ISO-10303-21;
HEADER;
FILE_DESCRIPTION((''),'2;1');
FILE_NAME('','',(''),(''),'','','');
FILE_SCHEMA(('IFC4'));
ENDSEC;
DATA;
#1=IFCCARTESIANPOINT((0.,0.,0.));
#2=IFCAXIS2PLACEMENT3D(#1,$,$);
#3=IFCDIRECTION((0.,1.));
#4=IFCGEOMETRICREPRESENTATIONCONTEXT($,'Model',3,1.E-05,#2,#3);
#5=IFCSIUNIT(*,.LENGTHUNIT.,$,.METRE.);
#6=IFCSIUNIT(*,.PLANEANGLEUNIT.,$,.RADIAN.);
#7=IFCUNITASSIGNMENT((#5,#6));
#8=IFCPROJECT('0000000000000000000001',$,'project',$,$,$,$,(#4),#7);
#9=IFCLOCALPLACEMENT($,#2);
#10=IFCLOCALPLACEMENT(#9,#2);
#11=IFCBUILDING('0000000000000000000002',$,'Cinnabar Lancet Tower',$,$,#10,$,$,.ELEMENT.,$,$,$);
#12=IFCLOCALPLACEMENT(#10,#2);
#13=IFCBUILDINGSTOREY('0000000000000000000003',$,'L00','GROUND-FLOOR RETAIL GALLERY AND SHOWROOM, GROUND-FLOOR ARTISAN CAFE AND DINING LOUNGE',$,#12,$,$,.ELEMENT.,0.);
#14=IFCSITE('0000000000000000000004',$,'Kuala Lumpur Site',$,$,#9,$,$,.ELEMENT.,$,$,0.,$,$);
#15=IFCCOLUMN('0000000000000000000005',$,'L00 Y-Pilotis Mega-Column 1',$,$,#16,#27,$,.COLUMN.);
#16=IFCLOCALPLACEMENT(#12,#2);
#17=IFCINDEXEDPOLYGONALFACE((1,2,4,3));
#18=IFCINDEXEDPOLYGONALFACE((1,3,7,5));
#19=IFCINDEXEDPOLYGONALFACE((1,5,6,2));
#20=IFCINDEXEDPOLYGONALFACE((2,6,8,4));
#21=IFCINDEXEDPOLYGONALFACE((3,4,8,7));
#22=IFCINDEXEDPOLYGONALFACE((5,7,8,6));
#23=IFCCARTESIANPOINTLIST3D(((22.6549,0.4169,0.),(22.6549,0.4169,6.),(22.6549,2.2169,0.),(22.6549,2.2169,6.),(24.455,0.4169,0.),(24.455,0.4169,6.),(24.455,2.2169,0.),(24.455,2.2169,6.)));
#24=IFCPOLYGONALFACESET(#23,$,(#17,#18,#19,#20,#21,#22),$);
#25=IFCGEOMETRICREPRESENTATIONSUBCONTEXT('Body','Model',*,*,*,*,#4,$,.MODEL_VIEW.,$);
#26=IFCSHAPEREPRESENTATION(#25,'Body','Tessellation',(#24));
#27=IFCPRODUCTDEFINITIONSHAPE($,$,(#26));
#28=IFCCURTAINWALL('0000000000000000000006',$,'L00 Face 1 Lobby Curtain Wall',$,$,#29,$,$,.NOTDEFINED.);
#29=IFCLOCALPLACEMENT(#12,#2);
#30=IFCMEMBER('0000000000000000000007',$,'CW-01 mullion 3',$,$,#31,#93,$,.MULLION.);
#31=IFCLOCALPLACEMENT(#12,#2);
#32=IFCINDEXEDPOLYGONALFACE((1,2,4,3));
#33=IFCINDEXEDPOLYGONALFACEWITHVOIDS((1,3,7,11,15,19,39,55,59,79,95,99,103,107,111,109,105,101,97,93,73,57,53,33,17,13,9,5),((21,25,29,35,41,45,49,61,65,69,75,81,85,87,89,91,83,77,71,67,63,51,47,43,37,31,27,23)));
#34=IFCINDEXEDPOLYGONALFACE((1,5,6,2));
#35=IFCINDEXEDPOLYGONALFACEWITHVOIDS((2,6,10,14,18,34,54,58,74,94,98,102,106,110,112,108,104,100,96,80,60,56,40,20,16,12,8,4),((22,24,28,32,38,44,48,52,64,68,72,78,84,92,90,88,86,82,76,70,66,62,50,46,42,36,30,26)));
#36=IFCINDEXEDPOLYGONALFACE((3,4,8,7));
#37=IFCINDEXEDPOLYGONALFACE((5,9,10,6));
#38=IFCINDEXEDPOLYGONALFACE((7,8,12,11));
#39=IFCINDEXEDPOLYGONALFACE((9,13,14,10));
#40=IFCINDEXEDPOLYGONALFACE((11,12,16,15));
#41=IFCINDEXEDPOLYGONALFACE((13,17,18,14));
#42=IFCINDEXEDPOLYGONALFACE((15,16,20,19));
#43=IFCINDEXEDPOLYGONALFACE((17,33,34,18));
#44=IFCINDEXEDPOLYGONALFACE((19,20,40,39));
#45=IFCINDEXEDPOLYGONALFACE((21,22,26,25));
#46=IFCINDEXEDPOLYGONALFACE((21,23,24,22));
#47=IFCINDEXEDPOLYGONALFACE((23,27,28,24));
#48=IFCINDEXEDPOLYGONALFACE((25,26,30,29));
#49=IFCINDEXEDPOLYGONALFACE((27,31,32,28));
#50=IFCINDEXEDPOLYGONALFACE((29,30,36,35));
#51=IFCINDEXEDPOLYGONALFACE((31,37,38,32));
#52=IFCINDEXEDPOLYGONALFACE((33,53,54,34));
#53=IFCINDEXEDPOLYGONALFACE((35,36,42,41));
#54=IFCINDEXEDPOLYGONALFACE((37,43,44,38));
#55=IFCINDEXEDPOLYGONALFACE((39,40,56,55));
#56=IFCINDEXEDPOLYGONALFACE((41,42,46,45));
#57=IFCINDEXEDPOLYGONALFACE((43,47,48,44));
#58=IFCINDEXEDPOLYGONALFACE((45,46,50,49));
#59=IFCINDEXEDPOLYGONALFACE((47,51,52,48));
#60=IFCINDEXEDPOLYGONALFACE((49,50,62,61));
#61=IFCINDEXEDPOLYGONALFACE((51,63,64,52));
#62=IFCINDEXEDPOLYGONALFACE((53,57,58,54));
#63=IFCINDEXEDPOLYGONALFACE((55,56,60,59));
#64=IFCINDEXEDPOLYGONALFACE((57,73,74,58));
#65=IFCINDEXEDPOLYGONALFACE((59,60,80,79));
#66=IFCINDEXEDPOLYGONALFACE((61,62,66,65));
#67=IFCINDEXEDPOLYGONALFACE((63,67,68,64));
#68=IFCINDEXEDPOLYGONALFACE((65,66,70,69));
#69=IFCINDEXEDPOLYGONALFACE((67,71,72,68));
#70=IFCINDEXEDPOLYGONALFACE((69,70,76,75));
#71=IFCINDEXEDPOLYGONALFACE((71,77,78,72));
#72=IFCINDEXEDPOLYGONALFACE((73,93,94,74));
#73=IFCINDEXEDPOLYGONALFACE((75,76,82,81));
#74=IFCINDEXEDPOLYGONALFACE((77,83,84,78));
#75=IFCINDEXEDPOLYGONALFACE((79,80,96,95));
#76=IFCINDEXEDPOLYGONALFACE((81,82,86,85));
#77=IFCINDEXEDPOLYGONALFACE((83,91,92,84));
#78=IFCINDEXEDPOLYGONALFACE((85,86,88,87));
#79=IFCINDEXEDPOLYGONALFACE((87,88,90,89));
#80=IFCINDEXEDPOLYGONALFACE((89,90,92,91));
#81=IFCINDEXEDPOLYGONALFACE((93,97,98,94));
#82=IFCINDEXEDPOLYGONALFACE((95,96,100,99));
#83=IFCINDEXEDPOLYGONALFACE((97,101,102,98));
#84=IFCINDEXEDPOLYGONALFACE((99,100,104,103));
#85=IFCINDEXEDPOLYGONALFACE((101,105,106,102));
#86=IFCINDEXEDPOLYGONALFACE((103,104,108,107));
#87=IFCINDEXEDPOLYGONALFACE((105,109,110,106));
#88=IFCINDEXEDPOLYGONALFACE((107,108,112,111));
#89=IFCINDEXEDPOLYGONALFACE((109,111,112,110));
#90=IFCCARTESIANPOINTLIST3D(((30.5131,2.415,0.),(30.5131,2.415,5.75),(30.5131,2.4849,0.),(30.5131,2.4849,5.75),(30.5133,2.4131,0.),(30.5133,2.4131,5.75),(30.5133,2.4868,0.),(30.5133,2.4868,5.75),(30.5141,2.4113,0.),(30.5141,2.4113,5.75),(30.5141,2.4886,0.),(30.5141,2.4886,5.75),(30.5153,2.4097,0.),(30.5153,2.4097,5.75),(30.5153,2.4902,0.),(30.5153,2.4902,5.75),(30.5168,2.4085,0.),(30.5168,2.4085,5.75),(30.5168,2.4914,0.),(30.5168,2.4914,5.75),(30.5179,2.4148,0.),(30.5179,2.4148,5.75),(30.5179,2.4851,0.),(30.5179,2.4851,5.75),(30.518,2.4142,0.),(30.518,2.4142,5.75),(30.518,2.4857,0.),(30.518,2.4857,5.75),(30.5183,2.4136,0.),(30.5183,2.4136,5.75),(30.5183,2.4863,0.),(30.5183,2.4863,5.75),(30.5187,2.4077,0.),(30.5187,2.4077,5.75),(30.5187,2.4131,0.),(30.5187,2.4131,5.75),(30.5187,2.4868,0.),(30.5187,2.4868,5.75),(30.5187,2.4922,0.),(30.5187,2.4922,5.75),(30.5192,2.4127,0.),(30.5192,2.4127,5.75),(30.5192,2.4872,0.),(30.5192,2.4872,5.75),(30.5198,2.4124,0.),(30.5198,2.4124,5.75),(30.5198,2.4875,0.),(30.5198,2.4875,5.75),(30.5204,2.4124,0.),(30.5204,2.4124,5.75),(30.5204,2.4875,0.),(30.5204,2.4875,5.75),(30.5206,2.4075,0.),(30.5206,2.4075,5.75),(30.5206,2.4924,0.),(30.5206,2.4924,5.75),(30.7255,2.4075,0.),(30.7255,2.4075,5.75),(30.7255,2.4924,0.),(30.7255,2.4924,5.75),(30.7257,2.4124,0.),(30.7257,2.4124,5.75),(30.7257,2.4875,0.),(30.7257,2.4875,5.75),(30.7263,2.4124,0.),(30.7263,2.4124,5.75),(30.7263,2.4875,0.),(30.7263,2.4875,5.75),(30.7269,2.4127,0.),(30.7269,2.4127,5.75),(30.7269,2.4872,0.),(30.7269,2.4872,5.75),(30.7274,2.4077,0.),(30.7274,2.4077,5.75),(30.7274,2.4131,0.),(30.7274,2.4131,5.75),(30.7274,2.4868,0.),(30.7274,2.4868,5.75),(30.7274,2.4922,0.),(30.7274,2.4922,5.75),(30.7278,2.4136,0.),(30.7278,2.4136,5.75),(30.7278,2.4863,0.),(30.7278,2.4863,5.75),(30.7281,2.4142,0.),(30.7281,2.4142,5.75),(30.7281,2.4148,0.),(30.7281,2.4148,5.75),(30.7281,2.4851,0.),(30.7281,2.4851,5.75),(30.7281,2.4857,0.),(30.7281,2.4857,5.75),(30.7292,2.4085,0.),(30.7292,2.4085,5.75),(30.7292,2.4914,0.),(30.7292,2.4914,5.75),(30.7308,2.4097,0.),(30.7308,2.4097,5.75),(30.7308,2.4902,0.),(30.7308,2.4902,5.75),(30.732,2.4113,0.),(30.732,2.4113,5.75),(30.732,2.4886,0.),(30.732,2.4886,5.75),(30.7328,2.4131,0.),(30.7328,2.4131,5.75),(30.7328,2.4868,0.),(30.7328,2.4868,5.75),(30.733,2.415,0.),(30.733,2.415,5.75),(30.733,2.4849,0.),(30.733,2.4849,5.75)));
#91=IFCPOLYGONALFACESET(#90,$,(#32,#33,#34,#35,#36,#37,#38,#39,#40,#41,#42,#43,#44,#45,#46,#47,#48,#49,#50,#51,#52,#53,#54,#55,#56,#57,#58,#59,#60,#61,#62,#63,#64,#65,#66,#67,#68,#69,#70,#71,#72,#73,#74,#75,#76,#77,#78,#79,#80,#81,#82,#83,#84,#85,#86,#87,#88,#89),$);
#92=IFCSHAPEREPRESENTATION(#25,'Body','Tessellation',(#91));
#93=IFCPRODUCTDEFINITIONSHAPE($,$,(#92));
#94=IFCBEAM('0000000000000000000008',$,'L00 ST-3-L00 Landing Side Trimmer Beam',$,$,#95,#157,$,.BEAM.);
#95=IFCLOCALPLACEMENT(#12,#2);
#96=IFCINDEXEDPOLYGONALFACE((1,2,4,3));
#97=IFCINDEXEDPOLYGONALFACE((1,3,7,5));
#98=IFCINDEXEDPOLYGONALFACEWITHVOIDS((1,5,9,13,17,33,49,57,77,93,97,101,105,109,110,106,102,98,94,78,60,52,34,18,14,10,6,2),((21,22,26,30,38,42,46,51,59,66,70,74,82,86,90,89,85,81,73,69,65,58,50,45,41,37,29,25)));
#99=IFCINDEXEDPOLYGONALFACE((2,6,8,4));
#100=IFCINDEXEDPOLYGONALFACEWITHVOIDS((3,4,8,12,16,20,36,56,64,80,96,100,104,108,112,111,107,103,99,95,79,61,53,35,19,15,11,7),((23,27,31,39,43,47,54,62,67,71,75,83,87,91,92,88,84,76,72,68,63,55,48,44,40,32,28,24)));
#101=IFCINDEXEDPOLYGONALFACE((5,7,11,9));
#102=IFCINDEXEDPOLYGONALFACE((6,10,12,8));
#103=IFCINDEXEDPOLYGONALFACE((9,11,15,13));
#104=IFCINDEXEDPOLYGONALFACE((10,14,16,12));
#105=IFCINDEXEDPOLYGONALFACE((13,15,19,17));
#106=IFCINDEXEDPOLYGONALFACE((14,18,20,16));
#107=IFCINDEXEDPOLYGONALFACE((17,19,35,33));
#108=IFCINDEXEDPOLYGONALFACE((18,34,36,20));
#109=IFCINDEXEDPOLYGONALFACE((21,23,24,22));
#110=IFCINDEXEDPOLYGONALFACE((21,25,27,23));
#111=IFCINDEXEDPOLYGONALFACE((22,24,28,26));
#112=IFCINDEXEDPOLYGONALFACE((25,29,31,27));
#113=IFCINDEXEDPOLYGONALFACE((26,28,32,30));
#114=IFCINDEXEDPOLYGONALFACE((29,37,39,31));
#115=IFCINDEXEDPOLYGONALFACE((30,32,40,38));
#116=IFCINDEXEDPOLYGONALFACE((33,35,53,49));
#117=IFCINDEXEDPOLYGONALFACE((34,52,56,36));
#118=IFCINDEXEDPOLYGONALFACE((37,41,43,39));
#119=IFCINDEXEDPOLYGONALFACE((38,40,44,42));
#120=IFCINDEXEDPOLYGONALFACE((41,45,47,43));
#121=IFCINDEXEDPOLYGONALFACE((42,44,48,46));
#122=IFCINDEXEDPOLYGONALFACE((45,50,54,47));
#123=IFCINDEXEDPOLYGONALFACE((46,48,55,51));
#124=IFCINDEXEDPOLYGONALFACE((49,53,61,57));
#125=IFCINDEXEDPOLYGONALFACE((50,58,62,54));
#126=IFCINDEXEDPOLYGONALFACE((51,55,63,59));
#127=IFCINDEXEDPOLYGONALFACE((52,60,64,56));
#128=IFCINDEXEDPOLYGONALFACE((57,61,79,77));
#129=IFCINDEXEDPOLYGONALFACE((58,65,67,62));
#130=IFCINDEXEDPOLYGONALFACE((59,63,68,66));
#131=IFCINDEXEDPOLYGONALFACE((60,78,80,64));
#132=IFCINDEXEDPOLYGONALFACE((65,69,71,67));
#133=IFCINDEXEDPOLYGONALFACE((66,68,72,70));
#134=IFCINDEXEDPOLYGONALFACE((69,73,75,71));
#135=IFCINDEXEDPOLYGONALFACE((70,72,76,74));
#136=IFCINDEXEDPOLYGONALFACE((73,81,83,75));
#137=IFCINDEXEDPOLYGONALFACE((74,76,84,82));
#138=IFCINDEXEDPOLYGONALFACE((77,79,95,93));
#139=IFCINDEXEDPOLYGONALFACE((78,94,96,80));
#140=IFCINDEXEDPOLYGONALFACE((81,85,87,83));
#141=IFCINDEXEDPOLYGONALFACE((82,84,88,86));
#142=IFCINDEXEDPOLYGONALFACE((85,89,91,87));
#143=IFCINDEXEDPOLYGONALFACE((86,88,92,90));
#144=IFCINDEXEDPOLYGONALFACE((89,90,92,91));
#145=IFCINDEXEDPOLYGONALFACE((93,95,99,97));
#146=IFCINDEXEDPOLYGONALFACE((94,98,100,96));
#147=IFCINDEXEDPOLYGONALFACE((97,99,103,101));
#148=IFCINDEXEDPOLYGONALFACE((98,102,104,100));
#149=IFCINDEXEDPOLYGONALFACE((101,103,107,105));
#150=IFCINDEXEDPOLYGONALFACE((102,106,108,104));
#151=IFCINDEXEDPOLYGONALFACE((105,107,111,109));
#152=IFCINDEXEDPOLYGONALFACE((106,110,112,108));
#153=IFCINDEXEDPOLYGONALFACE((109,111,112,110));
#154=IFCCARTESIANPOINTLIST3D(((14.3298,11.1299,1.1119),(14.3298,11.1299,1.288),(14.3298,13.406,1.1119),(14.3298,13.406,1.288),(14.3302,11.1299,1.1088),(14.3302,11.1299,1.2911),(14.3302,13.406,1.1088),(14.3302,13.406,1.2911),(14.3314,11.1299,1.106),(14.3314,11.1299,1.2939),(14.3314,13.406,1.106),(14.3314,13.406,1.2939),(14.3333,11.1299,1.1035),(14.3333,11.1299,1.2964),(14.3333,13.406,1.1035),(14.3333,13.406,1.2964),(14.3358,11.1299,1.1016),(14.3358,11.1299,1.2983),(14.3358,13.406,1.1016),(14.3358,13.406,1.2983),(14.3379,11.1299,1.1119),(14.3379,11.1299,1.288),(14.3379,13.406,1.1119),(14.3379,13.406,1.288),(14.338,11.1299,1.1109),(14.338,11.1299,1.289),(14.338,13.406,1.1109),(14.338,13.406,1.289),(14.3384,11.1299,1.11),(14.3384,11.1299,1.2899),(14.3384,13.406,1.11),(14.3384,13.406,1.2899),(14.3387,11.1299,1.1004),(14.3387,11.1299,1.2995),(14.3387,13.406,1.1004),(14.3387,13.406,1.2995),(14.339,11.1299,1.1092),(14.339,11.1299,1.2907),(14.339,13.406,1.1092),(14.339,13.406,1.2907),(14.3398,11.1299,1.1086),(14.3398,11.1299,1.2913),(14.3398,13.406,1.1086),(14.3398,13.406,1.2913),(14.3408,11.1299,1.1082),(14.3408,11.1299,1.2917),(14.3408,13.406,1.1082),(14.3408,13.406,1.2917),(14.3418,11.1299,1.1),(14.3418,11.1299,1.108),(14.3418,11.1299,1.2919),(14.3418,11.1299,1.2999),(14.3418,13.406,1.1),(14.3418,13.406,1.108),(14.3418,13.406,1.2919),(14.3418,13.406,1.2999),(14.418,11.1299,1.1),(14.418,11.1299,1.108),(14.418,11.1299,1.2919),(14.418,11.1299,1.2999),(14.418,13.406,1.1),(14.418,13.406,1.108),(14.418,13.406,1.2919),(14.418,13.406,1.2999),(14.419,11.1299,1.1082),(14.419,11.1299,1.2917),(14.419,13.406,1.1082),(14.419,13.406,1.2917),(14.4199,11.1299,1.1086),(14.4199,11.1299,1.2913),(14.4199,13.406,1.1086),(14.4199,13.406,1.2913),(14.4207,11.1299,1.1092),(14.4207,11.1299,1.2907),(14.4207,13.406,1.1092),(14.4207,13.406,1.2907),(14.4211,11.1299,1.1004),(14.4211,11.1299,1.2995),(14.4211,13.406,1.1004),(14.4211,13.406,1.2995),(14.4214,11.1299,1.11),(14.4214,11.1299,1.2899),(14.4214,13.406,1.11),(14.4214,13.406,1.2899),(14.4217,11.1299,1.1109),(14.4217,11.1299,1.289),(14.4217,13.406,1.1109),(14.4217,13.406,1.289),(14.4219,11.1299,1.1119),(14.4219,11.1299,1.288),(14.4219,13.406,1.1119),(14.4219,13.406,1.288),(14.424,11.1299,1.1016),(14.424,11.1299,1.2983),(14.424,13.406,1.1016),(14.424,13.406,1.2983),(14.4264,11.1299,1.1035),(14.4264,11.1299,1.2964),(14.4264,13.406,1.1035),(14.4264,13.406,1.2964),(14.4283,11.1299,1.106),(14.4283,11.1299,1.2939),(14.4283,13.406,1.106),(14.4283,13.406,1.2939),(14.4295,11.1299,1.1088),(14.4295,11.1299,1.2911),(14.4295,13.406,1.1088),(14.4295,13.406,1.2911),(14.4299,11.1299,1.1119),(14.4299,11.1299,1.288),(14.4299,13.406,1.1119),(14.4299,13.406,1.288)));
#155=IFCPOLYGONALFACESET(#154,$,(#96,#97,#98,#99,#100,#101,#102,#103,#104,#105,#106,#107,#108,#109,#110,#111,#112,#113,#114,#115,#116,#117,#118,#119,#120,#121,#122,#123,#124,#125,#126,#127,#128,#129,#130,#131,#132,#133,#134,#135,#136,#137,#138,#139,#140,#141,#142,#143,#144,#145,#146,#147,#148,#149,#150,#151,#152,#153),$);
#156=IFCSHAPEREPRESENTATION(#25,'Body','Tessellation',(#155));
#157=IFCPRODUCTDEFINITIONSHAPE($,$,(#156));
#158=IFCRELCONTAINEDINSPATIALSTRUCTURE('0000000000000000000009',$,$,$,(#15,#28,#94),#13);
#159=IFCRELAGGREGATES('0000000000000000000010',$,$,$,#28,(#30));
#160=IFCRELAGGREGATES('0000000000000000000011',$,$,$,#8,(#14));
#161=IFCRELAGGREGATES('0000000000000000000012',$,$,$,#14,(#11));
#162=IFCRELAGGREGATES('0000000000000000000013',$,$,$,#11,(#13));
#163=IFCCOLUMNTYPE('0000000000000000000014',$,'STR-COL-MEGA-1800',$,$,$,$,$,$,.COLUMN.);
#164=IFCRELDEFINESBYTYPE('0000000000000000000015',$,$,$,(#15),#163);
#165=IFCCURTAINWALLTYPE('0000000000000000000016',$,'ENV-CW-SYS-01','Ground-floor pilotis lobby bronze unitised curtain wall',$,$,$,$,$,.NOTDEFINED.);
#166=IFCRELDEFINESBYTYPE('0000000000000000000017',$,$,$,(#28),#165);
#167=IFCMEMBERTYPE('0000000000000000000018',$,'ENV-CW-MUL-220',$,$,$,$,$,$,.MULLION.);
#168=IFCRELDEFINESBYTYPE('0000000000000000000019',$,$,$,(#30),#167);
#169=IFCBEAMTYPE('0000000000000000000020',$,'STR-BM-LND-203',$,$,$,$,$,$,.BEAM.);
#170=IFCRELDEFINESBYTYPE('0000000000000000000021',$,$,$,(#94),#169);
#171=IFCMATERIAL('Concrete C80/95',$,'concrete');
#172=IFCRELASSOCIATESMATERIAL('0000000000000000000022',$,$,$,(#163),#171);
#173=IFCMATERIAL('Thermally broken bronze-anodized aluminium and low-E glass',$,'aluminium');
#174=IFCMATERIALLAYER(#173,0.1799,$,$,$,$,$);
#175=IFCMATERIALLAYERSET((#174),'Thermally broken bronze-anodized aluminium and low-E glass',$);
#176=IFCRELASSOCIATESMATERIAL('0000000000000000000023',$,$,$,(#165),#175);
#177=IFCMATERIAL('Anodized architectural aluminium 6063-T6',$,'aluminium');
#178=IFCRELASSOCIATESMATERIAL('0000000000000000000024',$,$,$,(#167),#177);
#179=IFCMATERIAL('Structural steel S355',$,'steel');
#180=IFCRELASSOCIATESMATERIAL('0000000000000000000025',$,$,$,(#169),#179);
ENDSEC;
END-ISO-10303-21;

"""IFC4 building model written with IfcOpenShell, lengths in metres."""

from ifc_helpers import new_model, si_unit, direction, frame, origin, origin_2d, place, context, subcontext, project, spatial, rectangle, hollow_rectangle, extrude, material, layer, layer_set, material_profile, profile_set, type_object, element, aggregate, save


model = new_model("IFC4")

# Units and contexts
model_context = context("Model", 3, precision=1e-05, world=origin(), true_north=direction((0.0, 1.0)))
body_context = subcontext(model_context, "Body", "Model", "MODEL_VIEW")
ifc_project = project(units=[si_unit("LENGTHUNIT", "METRE"), si_unit("PLANEANGLEUNIT", "RADIAN")], contexts=[model_context])

# Site, building, storey
site_placement = place(None, origin())
site = spatial("IfcSite", under=ifc_project, at=site_placement, Name="Kuala Lumpur Site", CompositionType="ELEMENT", RefElevation=0.0)
building_placement = place(site_placement, origin())
building = spatial("IfcBuilding", under=site, at=building_placement, Name="Cinnabar Lancet Tower", CompositionType="ELEMENT")
storey_placement = place(building_placement, origin())
storey = spatial("IfcBuildingStorey", under=building, at=storey_placement, Name="L00", Description="GROUND-FLOOR RETAIL GALLERY AND SHOWROOM, GROUND-FLOOR ARTISAN CAFE AND DINING LOUNGE", CompositionType="ELEMENT", Elevation=0.0)

# Column
ifc_material_1 = material(Name="Concrete C80/95", Category="concrete")
ifc_material_profile_1 = material_profile(ifc_material_1, rectangle(XDim=1.8, YDim=1.8, at=origin_2d()), Name="RC-MEGA 1800x1800")
ifc_profile_set_1 = profile_set([ifc_material_profile_1], Name="Concrete C80/95")
column_type = type_object("IfcColumnType", Name="STR-COL-MEGA-1800", PredefinedType="COLUMN", material=ifc_profile_set_1)
column_placement = place(storey_placement, frame((23.5549, 1.3169, 0.0), z_axis=(0.0, 0.0, 1.0), x_axis=(1.0, 0.0, 0.0)))
element("IfcColumn", 1, at=column_placement, inside=storey, type_object=column_type, Name="L00 Y-Pilotis Mega-Column 1", PredefinedType="COLUMN", context=body_context, shape_type="SweptSolid", body=[
    extrude(rectangle(XDim=1.8, YDim=1.8, at=origin_2d()), origin(), (0.0, 0.0, 1.0), 6.0),
])

# Curtain wall, member
ifc_material_2 = material(Name="Thermally broken bronze-anodized aluminium and low-E glass", Category="aluminium")
ifc_layer_1 = layer(ifc_material_2, 0.1799)
ifc_layer_set_1 = layer_set([ifc_layer_1], Name="Thermally broken bronze-anodized aluminium and low-E glass")
curtain_wall_type = type_object("IfcCurtainWallType", Name="ENV-CW-SYS-01", Description="Ground-floor pilotis lobby bronze unitised curtain wall", PredefinedType="NOTDEFINED", material=ifc_layer_set_1)
curtain_wall_placement = place(storey_placement, origin())
curtain_wall = element("IfcCurtainWall", 2, at=curtain_wall_placement, inside=storey, type_object=curtain_wall_type, Name="L00 Face 1 Lobby Curtain Wall", PredefinedType="NOTDEFINED")
ifc_material_3 = material(Name="Anodized architectural aluminium 6063-T6", Category="aluminium")
ifc_material_profile_2 = material_profile(ifc_material_3, hollow_rectangle(XDim=0.085, YDim=0.22, WallThickness=0.0049, InnerFilletRadius=0.0024, OuterFilletRadius=0.0076, at=origin_2d()), Name="CW-MUL 220x85x5")
ifc_profile_set_2 = profile_set([ifc_material_profile_2], Name="Anodized architectural aluminium 6063-T6")
member_type_1 = type_object("IfcMemberType", Name="ENV-CW-MUL-220", PredefinedType="MULLION", material=ifc_profile_set_2)
member_placement = place(storey_placement, frame((30.623, 2.45, 0.0), z_axis=(0.0, 0.0, 1.0), x_axis=(0.0, -1.0, 0.0)))
member = element("IfcMember", 3, at=member_placement, type_object=member_type_1, Name="CW-01 mullion 3", PredefinedType="MULLION", context=body_context, shape_type="SweptSolid", body=[
    extrude(hollow_rectangle(XDim=0.085, YDim=0.22, WallThickness=0.0049, InnerFilletRadius=0.0024, OuterFilletRadius=0.0076, at=origin_2d()), origin(), (0.0, 0.0, 1.0), 5.75),
])
aggregate(curtain_wall, [member])

# Beam
ifc_material_4 = material(Name="Structural steel S355", Category="steel")
ifc_material_profile_3 = material_profile(ifc_material_4, hollow_rectangle(XDim=0.1001, YDim=0.2, WallThickness=0.0081, InnerFilletRadius=0.0039, OuterFilletRadius=0.012, at=origin_2d()), Name="RHS 200x100x8")
ifc_profile_set_3 = profile_set([ifc_material_profile_3], Name="Structural steel S355")
beam_type_1 = type_object("IfcBeamType", Name="STR-BM-LND-203", PredefinedType="BEAM", material=ifc_profile_set_3)
for number, where, z_axis, x_axis, name in (
    (4, (14.3799, 11.1299, 1.2), (0.0, 1.0, 0.0), (-1.0, 0.0, 0.0), "L00 ST-3-L00 Landing Side Trimmer Beam"),
):
    element("IfcBeam", number, at=place(storey_placement, frame(where, z_axis=z_axis, x_axis=x_axis)), inside=storey, type_object=beam_type_1, Name=name, PredefinedType="BEAM", context=body_context, shape_type="SweptSolid", body=[
        extrude(hollow_rectangle(XDim=0.1001, YDim=0.2, WallThickness=0.0081, InnerFilletRadius=0.0039, OuterFilletRadius=0.012, at=origin_2d()), origin(), (0.0, 0.0, 1.0), 2.2761),
    ])

save(model, "model.ifc")
